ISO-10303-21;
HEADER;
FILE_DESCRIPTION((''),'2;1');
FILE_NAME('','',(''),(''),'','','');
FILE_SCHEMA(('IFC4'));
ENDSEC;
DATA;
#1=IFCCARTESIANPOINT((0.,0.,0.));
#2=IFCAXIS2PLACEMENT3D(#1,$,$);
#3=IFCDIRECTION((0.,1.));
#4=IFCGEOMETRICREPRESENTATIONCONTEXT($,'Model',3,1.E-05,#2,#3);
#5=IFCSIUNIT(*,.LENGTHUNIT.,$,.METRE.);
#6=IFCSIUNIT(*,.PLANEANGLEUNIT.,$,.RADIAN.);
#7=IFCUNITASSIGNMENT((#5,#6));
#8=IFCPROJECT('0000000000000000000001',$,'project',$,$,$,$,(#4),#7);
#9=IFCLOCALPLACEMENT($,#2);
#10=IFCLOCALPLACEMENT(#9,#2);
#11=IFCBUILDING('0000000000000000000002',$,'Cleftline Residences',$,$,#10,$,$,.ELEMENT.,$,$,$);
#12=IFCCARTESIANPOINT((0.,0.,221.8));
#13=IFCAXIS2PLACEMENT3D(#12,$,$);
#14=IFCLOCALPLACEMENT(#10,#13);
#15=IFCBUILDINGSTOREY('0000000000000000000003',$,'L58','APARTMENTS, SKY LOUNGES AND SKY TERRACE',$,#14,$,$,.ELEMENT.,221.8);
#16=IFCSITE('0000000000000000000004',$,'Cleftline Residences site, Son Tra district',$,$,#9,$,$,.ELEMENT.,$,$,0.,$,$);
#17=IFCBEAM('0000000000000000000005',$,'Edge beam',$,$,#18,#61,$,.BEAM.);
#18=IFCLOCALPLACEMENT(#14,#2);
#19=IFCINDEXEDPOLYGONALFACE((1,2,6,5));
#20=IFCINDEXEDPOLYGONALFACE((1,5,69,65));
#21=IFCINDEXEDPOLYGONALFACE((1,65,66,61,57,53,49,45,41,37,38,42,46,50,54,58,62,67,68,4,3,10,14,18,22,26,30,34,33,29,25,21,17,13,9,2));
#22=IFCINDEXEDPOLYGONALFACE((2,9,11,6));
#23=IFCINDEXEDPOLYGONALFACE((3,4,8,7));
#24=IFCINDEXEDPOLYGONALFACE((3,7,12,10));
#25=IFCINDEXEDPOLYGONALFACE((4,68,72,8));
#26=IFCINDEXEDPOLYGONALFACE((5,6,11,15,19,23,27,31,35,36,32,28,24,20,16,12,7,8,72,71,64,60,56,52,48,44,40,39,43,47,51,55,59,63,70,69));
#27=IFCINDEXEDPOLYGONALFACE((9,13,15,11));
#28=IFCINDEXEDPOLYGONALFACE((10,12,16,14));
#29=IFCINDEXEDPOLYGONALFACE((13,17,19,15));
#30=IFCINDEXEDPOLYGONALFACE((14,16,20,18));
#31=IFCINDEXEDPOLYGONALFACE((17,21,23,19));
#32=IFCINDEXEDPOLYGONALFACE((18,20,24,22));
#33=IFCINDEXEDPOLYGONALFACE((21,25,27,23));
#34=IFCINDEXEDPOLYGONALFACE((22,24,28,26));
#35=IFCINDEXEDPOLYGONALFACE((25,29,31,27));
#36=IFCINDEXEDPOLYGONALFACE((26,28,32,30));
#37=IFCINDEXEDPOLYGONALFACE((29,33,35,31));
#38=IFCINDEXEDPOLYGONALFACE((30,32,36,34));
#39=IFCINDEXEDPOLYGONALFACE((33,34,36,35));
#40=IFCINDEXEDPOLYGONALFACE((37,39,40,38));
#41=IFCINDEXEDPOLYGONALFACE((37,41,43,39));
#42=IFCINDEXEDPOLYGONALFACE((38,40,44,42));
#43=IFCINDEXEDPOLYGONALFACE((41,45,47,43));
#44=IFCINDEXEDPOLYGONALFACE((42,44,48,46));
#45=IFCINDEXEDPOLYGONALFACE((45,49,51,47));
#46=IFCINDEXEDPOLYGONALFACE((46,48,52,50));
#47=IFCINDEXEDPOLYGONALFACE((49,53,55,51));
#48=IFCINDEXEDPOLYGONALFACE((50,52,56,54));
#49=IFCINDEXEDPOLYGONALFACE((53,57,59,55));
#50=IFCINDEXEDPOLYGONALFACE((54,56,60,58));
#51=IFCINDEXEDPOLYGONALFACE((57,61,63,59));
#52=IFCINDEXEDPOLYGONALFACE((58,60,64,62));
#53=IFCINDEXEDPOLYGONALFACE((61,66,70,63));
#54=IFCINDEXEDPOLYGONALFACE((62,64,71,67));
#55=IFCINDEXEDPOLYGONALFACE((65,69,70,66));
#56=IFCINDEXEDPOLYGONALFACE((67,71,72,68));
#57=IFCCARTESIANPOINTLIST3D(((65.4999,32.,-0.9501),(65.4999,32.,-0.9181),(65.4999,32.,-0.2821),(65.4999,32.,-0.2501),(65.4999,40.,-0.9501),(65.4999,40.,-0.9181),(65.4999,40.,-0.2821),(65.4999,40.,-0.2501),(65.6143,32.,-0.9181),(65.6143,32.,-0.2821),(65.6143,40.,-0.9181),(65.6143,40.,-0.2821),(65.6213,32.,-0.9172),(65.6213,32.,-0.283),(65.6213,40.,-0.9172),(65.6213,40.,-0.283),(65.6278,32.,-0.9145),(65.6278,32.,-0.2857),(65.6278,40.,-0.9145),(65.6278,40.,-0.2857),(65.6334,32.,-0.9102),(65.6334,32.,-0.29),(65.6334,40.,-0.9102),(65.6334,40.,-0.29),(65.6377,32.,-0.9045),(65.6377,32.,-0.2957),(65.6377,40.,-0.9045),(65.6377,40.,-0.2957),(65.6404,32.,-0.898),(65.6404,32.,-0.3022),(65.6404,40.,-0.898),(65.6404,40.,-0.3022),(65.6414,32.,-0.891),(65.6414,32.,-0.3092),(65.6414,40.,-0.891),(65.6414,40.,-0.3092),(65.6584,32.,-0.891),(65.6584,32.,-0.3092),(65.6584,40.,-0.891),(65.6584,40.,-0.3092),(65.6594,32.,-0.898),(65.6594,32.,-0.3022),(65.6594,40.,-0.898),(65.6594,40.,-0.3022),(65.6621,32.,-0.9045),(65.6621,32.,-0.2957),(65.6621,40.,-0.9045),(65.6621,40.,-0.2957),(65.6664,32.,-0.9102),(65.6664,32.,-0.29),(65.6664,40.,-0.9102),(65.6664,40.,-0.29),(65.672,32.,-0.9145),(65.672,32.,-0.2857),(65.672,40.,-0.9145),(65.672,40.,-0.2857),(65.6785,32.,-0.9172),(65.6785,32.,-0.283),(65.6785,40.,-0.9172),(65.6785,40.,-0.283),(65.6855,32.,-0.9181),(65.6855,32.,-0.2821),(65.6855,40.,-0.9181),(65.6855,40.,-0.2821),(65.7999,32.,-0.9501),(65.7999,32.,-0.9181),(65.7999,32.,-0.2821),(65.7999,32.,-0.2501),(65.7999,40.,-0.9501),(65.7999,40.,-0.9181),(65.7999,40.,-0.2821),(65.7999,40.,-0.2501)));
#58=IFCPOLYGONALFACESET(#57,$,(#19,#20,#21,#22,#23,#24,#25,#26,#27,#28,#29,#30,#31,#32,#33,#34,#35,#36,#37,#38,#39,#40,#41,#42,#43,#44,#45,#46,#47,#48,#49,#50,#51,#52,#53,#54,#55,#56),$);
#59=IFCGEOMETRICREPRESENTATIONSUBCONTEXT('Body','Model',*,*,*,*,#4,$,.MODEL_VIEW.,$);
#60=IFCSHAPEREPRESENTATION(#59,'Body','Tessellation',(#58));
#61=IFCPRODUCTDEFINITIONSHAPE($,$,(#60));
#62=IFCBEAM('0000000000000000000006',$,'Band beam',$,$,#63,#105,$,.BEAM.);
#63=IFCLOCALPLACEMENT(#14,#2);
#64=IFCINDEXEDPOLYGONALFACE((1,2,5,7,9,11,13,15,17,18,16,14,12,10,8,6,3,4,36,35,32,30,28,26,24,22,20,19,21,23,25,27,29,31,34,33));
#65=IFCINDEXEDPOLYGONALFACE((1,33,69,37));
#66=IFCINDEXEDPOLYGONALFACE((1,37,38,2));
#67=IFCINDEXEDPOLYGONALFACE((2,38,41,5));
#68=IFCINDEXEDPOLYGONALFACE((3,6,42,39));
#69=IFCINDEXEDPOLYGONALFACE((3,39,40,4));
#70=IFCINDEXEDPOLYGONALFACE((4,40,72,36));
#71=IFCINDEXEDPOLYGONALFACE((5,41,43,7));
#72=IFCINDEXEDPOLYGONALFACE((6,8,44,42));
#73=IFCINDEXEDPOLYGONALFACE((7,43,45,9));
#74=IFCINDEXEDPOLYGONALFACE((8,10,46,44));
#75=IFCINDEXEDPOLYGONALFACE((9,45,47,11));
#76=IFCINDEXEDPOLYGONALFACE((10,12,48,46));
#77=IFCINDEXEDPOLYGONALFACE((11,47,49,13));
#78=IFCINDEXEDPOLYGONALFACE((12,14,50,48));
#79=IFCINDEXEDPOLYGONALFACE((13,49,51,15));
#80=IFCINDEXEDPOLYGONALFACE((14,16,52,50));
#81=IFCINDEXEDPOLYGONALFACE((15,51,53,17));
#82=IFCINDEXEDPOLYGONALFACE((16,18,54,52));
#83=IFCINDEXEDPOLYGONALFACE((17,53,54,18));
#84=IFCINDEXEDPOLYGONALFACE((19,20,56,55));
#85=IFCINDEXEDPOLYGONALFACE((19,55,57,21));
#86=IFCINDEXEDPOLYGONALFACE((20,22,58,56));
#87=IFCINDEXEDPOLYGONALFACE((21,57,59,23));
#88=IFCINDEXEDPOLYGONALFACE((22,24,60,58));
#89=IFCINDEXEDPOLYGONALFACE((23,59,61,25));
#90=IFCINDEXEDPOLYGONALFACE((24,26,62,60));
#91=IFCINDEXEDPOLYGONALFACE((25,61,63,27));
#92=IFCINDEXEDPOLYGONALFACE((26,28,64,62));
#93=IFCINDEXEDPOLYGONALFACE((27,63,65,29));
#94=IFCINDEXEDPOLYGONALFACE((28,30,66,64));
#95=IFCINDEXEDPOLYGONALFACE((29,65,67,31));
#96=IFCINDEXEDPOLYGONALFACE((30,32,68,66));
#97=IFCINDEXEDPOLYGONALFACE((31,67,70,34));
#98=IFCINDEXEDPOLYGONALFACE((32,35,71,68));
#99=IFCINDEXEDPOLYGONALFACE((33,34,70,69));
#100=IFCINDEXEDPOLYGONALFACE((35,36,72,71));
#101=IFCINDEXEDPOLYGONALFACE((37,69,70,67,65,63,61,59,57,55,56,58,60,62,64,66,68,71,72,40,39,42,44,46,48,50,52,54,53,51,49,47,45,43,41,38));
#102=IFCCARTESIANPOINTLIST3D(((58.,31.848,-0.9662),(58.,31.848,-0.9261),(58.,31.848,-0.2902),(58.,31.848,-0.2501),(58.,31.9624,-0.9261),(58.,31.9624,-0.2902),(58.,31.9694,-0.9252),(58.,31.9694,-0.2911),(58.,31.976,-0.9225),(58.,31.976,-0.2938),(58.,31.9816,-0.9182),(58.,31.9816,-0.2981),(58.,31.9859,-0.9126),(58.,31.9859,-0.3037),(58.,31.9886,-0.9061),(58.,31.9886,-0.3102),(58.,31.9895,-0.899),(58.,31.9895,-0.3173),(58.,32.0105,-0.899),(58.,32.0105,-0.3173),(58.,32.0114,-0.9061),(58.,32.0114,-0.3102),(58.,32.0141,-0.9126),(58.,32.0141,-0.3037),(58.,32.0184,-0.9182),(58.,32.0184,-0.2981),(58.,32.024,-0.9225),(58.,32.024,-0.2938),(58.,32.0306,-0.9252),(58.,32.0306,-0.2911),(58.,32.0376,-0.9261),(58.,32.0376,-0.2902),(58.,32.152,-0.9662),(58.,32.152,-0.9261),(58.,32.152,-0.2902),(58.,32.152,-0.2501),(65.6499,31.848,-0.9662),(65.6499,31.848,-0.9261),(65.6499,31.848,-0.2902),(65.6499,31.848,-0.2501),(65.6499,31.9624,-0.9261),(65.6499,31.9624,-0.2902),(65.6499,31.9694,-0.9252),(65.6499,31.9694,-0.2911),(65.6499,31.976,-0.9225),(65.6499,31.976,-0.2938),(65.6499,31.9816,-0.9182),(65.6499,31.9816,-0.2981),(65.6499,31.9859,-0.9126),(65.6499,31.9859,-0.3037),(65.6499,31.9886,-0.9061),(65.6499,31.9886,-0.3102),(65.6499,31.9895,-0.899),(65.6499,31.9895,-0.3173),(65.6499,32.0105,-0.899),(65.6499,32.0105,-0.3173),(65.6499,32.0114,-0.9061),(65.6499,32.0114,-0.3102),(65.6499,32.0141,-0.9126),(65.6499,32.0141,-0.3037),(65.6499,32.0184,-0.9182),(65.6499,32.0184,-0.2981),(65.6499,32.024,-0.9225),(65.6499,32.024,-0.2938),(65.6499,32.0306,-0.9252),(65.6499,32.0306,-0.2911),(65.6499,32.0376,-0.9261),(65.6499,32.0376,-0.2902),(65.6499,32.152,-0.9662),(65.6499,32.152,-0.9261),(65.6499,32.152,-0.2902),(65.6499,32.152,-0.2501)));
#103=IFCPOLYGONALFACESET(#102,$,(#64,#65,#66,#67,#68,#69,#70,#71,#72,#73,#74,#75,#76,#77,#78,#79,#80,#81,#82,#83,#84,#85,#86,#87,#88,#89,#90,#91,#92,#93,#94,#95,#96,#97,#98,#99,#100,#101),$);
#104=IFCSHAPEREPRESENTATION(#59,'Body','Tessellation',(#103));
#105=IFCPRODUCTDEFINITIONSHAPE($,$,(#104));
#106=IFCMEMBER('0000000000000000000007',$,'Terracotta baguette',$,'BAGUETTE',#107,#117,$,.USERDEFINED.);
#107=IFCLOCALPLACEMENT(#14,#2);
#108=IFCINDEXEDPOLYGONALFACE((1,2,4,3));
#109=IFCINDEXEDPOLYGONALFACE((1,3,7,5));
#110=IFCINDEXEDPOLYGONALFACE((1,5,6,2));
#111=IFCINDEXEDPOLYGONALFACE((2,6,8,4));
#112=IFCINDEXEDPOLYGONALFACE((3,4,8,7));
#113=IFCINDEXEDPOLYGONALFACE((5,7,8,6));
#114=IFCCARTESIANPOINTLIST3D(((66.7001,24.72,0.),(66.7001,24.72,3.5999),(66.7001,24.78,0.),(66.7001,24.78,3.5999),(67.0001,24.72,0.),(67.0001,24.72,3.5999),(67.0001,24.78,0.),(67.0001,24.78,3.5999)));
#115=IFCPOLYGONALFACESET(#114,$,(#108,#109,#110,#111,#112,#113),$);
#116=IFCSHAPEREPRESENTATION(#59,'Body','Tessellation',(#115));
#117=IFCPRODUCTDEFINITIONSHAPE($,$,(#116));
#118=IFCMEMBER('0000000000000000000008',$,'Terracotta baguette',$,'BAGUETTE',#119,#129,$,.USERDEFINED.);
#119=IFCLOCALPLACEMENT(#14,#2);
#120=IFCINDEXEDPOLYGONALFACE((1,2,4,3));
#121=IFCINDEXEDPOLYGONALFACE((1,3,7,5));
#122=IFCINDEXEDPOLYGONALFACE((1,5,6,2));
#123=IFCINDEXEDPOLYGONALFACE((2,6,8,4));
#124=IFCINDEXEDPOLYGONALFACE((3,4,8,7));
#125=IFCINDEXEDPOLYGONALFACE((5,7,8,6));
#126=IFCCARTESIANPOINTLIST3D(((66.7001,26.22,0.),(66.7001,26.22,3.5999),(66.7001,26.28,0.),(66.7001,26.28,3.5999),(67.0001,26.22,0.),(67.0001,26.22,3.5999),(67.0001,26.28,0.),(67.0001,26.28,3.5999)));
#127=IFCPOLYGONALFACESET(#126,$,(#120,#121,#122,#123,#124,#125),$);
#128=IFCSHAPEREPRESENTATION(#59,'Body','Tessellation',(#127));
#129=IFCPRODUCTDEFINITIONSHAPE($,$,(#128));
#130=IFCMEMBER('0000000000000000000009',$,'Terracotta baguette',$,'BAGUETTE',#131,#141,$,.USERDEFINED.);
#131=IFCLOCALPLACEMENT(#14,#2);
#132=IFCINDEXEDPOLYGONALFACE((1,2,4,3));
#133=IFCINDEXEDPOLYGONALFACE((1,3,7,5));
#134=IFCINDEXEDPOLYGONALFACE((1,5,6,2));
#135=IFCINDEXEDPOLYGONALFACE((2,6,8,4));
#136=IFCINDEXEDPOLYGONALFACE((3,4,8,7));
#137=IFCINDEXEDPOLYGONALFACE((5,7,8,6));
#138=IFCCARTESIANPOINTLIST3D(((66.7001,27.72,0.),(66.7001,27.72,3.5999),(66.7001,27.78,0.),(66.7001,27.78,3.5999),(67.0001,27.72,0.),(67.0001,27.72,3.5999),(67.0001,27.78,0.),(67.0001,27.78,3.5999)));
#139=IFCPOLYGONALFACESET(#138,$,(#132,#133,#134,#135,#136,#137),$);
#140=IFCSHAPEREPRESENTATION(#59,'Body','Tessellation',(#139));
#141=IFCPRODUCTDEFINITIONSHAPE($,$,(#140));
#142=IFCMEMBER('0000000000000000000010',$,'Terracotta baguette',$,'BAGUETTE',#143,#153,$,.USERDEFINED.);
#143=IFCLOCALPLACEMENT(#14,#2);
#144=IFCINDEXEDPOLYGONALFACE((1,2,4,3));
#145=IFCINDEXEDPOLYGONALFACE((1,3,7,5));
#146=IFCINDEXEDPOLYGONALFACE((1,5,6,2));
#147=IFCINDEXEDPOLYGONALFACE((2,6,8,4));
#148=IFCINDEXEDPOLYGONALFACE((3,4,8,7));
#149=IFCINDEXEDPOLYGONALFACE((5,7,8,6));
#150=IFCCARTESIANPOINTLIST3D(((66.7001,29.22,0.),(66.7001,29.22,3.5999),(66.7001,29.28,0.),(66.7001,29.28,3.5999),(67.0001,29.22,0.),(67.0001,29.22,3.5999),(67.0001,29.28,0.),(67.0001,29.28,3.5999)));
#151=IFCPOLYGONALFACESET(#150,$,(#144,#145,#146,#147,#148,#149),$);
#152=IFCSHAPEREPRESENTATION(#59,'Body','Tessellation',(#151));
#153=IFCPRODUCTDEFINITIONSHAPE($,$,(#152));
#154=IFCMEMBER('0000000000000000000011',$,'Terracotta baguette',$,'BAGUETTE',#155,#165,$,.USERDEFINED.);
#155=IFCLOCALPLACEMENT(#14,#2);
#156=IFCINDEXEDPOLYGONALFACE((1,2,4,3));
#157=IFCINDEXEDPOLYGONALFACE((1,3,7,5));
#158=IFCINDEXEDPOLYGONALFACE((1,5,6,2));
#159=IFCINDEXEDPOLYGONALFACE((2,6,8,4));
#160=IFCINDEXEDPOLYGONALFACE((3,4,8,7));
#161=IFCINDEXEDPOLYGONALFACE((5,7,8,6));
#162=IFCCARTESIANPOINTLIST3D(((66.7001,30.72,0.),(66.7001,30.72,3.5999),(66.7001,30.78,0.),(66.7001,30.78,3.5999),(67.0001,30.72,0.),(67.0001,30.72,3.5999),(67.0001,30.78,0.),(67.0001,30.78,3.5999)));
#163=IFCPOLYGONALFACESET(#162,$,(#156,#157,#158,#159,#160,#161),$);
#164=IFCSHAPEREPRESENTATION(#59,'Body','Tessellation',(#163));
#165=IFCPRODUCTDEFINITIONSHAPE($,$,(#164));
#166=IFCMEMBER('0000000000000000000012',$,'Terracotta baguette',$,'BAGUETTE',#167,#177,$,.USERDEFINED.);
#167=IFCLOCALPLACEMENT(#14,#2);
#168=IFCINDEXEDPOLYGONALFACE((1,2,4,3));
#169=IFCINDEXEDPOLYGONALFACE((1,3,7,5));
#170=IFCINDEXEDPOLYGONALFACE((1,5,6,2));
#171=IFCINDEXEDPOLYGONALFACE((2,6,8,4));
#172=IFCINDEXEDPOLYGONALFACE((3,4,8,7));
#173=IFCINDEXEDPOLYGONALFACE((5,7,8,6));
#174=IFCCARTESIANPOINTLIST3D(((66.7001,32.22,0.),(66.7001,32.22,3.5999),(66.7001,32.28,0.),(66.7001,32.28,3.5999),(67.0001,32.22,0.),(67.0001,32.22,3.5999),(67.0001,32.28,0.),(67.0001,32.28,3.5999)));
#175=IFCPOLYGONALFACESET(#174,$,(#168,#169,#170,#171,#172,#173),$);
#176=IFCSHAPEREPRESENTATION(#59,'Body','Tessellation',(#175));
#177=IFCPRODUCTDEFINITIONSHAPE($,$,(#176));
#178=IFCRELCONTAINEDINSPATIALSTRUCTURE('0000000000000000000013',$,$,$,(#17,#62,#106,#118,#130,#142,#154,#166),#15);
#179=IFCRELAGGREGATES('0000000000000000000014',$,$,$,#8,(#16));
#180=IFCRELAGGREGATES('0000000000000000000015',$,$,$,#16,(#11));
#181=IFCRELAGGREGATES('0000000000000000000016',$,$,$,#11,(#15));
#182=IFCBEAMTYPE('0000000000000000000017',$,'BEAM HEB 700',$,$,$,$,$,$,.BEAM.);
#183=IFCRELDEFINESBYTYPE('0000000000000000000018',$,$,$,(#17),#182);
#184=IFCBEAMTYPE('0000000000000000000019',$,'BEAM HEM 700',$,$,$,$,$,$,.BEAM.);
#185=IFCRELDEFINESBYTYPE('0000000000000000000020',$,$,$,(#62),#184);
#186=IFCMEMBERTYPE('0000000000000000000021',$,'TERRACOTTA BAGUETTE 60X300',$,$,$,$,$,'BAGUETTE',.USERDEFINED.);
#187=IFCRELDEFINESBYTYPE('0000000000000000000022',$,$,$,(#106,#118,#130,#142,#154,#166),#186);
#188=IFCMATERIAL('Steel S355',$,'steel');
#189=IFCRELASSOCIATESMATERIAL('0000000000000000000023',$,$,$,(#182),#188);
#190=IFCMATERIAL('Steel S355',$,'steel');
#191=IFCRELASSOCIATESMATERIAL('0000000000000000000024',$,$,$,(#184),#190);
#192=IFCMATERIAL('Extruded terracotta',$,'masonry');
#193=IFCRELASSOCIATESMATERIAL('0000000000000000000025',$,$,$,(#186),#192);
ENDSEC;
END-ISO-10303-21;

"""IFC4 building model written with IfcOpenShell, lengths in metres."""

from ifc_helpers import new_model, si_unit, direction, frame, origin, origin_2d, place, context, subcontext, project, spatial, rectangle, i_section, extrude, material, material_profile, profile_set, type_object, element, save


model = new_model("IFC4")

# Units and contexts
model_context = context("Model", 3, precision=1e-05, world=origin(), true_north=direction((0.0, 1.0)))
body_context = subcontext(model_context, "Body", "Model", "MODEL_VIEW")
ifc_project = project(units=[si_unit("LENGTHUNIT", "METRE"), si_unit("PLANEANGLEUNIT", "RADIAN")], contexts=[model_context])

# Site, building, storey
site_placement = place(None, origin())
site = spatial("IfcSite", under=ifc_project, at=site_placement, Name="Cleftline Residences site, Son Tra district", CompositionType="ELEMENT", RefElevation=0.0)
building_placement = place(site_placement, origin())
building = spatial("IfcBuilding", under=site, at=building_placement, Name="Cleftline Residences", CompositionType="ELEMENT")
storey_placement = place(building_placement, frame((0.0, 0.0, 221.8)))
storey = spatial("IfcBuildingStorey", under=building, at=storey_placement, Name="L58", Description="APARTMENTS, SKY LOUNGES AND SKY TERRACE", CompositionType="ELEMENT", Elevation=221.8)

# Beams
ifc_material_1 = material(Name="Steel S355", Category="steel")
ifc_material_profile_1 = material_profile(ifc_material_1, i_section(OverallWidth=0.3, OverallDepth=0.7, WebThickness=0.0171, FlangeThickness=0.032, FilletRadius=0.0271, at=origin_2d()))
ifc_profile_set_1 = profile_set([ifc_material_profile_1], Name="Steel S355")
beam_type_1 = type_object("IfcBeamType", Name="BEAM HEB 700", PredefinedType="BEAM", material=ifc_profile_set_1)
for number, where, z_axis, x_axis, name in (
    (1, (65.6499, 32.0, -0.6001), (0.0, 1.0, 0.0), (-1.0, 0.0, 0.0), "Edge beam"),
):
    element("IfcBeam", number, at=place(storey_placement, frame(where, z_axis=z_axis, x_axis=x_axis)), inside=storey, type_object=beam_type_1, Name=name, PredefinedType="BEAM", context=body_context, shape_type="SweptSolid", body=[
        extrude(i_section(OverallWidth=0.3, OverallDepth=0.7, WebThickness=0.0171, FlangeThickness=0.032, FilletRadius=0.0271, at=origin_2d()), origin(), (0.0, 0.0, 1.0), 8.0),
    ])
ifc_material_2 = material(Name="Steel S355", Category="steel")
ifc_material_profile_2 = material_profile(ifc_material_2, i_section(OverallWidth=0.304, OverallDepth=0.7161, WebThickness=0.021, FlangeThickness=0.04, FilletRadius=0.0271, at=origin_2d()))
ifc_profile_set_2 = profile_set([ifc_material_profile_2], Name="Steel S355")
beam_type_2 = type_object("IfcBeamType", Name="BEAM HEM 700", PredefinedType="BEAM", material=ifc_profile_set_2)
beam_placement = place(storey_placement, frame((65.6499, 32.0, -0.6082), z_axis=(-1.0, 0.0, 0.0), x_axis=(0.0, -1.0, 0.0)))
element("IfcBeam", 2, at=beam_placement, inside=storey, type_object=beam_type_2, Name="Band beam", PredefinedType="BEAM", context=body_context, shape_type="SweptSolid", body=[
    extrude(i_section(OverallWidth=0.304, OverallDepth=0.7161, WebThickness=0.021, FlangeThickness=0.04, FilletRadius=0.0271, at=origin_2d()), origin(), (0.0, 0.0, 1.0), 7.6499),
])

# Members
ifc_material_3 = material(Name="Extruded terracotta", Category="masonry")
ifc_material_profile_3 = material_profile(ifc_material_3, rectangle(XDim=0.0601, YDim=0.3, at=origin_2d()))
ifc_profile_set_3 = profile_set([ifc_material_profile_3], Name="Extruded terracotta")
member_type_1 = type_object("IfcMemberType", Name="TERRACOTTA BAGUETTE 60X300", ElementType="BAGUETTE", PredefinedType="USERDEFINED", material=ifc_profile_set_3)
for number, where, z_axis, x_axis, name in (
    (3, (66.8501, 24.75, 0.0), (0.0, 0.0, 1.0), (0.0, 1.0, 0.0), "Terracotta baguette"),
    (4, (66.8501, 26.25, 0.0), (0.0, 0.0, 1.0), (0.0, 1.0, 0.0), "Terracotta baguette"),
    (5, (66.8501, 27.75, 0.0), (0.0, 0.0, 1.0), (0.0, 1.0, 0.0), "Terracotta baguette"),
    (6, (66.8501, 29.25, 0.0), (0.0, 0.0, 1.0), (0.0, 1.0, 0.0), "Terracotta baguette"),
    (7, (66.8501, 30.75, 0.0), (0.0, 0.0, 1.0), (0.0, 1.0, 0.0), "Terracotta baguette"),
    (8, (66.8501, 32.25, 0.0), (0.0, 0.0, 1.0), (0.0, 1.0, 0.0), "Terracotta baguette"),
):
    element("IfcMember", number, at=place(storey_placement, frame(where, z_axis=z_axis, x_axis=x_axis)), inside=storey, type_object=member_type_1, Name=name, ObjectType="BAGUETTE", PredefinedType="USERDEFINED", context=body_context, shape_type="SweptSolid", body=[
        extrude(rectangle(XDim=0.0601, YDim=0.3, at=origin_2d()), origin(), (0.0, 0.0, 1.0), 3.5999),
    ])

save(model, "model.ifc")
